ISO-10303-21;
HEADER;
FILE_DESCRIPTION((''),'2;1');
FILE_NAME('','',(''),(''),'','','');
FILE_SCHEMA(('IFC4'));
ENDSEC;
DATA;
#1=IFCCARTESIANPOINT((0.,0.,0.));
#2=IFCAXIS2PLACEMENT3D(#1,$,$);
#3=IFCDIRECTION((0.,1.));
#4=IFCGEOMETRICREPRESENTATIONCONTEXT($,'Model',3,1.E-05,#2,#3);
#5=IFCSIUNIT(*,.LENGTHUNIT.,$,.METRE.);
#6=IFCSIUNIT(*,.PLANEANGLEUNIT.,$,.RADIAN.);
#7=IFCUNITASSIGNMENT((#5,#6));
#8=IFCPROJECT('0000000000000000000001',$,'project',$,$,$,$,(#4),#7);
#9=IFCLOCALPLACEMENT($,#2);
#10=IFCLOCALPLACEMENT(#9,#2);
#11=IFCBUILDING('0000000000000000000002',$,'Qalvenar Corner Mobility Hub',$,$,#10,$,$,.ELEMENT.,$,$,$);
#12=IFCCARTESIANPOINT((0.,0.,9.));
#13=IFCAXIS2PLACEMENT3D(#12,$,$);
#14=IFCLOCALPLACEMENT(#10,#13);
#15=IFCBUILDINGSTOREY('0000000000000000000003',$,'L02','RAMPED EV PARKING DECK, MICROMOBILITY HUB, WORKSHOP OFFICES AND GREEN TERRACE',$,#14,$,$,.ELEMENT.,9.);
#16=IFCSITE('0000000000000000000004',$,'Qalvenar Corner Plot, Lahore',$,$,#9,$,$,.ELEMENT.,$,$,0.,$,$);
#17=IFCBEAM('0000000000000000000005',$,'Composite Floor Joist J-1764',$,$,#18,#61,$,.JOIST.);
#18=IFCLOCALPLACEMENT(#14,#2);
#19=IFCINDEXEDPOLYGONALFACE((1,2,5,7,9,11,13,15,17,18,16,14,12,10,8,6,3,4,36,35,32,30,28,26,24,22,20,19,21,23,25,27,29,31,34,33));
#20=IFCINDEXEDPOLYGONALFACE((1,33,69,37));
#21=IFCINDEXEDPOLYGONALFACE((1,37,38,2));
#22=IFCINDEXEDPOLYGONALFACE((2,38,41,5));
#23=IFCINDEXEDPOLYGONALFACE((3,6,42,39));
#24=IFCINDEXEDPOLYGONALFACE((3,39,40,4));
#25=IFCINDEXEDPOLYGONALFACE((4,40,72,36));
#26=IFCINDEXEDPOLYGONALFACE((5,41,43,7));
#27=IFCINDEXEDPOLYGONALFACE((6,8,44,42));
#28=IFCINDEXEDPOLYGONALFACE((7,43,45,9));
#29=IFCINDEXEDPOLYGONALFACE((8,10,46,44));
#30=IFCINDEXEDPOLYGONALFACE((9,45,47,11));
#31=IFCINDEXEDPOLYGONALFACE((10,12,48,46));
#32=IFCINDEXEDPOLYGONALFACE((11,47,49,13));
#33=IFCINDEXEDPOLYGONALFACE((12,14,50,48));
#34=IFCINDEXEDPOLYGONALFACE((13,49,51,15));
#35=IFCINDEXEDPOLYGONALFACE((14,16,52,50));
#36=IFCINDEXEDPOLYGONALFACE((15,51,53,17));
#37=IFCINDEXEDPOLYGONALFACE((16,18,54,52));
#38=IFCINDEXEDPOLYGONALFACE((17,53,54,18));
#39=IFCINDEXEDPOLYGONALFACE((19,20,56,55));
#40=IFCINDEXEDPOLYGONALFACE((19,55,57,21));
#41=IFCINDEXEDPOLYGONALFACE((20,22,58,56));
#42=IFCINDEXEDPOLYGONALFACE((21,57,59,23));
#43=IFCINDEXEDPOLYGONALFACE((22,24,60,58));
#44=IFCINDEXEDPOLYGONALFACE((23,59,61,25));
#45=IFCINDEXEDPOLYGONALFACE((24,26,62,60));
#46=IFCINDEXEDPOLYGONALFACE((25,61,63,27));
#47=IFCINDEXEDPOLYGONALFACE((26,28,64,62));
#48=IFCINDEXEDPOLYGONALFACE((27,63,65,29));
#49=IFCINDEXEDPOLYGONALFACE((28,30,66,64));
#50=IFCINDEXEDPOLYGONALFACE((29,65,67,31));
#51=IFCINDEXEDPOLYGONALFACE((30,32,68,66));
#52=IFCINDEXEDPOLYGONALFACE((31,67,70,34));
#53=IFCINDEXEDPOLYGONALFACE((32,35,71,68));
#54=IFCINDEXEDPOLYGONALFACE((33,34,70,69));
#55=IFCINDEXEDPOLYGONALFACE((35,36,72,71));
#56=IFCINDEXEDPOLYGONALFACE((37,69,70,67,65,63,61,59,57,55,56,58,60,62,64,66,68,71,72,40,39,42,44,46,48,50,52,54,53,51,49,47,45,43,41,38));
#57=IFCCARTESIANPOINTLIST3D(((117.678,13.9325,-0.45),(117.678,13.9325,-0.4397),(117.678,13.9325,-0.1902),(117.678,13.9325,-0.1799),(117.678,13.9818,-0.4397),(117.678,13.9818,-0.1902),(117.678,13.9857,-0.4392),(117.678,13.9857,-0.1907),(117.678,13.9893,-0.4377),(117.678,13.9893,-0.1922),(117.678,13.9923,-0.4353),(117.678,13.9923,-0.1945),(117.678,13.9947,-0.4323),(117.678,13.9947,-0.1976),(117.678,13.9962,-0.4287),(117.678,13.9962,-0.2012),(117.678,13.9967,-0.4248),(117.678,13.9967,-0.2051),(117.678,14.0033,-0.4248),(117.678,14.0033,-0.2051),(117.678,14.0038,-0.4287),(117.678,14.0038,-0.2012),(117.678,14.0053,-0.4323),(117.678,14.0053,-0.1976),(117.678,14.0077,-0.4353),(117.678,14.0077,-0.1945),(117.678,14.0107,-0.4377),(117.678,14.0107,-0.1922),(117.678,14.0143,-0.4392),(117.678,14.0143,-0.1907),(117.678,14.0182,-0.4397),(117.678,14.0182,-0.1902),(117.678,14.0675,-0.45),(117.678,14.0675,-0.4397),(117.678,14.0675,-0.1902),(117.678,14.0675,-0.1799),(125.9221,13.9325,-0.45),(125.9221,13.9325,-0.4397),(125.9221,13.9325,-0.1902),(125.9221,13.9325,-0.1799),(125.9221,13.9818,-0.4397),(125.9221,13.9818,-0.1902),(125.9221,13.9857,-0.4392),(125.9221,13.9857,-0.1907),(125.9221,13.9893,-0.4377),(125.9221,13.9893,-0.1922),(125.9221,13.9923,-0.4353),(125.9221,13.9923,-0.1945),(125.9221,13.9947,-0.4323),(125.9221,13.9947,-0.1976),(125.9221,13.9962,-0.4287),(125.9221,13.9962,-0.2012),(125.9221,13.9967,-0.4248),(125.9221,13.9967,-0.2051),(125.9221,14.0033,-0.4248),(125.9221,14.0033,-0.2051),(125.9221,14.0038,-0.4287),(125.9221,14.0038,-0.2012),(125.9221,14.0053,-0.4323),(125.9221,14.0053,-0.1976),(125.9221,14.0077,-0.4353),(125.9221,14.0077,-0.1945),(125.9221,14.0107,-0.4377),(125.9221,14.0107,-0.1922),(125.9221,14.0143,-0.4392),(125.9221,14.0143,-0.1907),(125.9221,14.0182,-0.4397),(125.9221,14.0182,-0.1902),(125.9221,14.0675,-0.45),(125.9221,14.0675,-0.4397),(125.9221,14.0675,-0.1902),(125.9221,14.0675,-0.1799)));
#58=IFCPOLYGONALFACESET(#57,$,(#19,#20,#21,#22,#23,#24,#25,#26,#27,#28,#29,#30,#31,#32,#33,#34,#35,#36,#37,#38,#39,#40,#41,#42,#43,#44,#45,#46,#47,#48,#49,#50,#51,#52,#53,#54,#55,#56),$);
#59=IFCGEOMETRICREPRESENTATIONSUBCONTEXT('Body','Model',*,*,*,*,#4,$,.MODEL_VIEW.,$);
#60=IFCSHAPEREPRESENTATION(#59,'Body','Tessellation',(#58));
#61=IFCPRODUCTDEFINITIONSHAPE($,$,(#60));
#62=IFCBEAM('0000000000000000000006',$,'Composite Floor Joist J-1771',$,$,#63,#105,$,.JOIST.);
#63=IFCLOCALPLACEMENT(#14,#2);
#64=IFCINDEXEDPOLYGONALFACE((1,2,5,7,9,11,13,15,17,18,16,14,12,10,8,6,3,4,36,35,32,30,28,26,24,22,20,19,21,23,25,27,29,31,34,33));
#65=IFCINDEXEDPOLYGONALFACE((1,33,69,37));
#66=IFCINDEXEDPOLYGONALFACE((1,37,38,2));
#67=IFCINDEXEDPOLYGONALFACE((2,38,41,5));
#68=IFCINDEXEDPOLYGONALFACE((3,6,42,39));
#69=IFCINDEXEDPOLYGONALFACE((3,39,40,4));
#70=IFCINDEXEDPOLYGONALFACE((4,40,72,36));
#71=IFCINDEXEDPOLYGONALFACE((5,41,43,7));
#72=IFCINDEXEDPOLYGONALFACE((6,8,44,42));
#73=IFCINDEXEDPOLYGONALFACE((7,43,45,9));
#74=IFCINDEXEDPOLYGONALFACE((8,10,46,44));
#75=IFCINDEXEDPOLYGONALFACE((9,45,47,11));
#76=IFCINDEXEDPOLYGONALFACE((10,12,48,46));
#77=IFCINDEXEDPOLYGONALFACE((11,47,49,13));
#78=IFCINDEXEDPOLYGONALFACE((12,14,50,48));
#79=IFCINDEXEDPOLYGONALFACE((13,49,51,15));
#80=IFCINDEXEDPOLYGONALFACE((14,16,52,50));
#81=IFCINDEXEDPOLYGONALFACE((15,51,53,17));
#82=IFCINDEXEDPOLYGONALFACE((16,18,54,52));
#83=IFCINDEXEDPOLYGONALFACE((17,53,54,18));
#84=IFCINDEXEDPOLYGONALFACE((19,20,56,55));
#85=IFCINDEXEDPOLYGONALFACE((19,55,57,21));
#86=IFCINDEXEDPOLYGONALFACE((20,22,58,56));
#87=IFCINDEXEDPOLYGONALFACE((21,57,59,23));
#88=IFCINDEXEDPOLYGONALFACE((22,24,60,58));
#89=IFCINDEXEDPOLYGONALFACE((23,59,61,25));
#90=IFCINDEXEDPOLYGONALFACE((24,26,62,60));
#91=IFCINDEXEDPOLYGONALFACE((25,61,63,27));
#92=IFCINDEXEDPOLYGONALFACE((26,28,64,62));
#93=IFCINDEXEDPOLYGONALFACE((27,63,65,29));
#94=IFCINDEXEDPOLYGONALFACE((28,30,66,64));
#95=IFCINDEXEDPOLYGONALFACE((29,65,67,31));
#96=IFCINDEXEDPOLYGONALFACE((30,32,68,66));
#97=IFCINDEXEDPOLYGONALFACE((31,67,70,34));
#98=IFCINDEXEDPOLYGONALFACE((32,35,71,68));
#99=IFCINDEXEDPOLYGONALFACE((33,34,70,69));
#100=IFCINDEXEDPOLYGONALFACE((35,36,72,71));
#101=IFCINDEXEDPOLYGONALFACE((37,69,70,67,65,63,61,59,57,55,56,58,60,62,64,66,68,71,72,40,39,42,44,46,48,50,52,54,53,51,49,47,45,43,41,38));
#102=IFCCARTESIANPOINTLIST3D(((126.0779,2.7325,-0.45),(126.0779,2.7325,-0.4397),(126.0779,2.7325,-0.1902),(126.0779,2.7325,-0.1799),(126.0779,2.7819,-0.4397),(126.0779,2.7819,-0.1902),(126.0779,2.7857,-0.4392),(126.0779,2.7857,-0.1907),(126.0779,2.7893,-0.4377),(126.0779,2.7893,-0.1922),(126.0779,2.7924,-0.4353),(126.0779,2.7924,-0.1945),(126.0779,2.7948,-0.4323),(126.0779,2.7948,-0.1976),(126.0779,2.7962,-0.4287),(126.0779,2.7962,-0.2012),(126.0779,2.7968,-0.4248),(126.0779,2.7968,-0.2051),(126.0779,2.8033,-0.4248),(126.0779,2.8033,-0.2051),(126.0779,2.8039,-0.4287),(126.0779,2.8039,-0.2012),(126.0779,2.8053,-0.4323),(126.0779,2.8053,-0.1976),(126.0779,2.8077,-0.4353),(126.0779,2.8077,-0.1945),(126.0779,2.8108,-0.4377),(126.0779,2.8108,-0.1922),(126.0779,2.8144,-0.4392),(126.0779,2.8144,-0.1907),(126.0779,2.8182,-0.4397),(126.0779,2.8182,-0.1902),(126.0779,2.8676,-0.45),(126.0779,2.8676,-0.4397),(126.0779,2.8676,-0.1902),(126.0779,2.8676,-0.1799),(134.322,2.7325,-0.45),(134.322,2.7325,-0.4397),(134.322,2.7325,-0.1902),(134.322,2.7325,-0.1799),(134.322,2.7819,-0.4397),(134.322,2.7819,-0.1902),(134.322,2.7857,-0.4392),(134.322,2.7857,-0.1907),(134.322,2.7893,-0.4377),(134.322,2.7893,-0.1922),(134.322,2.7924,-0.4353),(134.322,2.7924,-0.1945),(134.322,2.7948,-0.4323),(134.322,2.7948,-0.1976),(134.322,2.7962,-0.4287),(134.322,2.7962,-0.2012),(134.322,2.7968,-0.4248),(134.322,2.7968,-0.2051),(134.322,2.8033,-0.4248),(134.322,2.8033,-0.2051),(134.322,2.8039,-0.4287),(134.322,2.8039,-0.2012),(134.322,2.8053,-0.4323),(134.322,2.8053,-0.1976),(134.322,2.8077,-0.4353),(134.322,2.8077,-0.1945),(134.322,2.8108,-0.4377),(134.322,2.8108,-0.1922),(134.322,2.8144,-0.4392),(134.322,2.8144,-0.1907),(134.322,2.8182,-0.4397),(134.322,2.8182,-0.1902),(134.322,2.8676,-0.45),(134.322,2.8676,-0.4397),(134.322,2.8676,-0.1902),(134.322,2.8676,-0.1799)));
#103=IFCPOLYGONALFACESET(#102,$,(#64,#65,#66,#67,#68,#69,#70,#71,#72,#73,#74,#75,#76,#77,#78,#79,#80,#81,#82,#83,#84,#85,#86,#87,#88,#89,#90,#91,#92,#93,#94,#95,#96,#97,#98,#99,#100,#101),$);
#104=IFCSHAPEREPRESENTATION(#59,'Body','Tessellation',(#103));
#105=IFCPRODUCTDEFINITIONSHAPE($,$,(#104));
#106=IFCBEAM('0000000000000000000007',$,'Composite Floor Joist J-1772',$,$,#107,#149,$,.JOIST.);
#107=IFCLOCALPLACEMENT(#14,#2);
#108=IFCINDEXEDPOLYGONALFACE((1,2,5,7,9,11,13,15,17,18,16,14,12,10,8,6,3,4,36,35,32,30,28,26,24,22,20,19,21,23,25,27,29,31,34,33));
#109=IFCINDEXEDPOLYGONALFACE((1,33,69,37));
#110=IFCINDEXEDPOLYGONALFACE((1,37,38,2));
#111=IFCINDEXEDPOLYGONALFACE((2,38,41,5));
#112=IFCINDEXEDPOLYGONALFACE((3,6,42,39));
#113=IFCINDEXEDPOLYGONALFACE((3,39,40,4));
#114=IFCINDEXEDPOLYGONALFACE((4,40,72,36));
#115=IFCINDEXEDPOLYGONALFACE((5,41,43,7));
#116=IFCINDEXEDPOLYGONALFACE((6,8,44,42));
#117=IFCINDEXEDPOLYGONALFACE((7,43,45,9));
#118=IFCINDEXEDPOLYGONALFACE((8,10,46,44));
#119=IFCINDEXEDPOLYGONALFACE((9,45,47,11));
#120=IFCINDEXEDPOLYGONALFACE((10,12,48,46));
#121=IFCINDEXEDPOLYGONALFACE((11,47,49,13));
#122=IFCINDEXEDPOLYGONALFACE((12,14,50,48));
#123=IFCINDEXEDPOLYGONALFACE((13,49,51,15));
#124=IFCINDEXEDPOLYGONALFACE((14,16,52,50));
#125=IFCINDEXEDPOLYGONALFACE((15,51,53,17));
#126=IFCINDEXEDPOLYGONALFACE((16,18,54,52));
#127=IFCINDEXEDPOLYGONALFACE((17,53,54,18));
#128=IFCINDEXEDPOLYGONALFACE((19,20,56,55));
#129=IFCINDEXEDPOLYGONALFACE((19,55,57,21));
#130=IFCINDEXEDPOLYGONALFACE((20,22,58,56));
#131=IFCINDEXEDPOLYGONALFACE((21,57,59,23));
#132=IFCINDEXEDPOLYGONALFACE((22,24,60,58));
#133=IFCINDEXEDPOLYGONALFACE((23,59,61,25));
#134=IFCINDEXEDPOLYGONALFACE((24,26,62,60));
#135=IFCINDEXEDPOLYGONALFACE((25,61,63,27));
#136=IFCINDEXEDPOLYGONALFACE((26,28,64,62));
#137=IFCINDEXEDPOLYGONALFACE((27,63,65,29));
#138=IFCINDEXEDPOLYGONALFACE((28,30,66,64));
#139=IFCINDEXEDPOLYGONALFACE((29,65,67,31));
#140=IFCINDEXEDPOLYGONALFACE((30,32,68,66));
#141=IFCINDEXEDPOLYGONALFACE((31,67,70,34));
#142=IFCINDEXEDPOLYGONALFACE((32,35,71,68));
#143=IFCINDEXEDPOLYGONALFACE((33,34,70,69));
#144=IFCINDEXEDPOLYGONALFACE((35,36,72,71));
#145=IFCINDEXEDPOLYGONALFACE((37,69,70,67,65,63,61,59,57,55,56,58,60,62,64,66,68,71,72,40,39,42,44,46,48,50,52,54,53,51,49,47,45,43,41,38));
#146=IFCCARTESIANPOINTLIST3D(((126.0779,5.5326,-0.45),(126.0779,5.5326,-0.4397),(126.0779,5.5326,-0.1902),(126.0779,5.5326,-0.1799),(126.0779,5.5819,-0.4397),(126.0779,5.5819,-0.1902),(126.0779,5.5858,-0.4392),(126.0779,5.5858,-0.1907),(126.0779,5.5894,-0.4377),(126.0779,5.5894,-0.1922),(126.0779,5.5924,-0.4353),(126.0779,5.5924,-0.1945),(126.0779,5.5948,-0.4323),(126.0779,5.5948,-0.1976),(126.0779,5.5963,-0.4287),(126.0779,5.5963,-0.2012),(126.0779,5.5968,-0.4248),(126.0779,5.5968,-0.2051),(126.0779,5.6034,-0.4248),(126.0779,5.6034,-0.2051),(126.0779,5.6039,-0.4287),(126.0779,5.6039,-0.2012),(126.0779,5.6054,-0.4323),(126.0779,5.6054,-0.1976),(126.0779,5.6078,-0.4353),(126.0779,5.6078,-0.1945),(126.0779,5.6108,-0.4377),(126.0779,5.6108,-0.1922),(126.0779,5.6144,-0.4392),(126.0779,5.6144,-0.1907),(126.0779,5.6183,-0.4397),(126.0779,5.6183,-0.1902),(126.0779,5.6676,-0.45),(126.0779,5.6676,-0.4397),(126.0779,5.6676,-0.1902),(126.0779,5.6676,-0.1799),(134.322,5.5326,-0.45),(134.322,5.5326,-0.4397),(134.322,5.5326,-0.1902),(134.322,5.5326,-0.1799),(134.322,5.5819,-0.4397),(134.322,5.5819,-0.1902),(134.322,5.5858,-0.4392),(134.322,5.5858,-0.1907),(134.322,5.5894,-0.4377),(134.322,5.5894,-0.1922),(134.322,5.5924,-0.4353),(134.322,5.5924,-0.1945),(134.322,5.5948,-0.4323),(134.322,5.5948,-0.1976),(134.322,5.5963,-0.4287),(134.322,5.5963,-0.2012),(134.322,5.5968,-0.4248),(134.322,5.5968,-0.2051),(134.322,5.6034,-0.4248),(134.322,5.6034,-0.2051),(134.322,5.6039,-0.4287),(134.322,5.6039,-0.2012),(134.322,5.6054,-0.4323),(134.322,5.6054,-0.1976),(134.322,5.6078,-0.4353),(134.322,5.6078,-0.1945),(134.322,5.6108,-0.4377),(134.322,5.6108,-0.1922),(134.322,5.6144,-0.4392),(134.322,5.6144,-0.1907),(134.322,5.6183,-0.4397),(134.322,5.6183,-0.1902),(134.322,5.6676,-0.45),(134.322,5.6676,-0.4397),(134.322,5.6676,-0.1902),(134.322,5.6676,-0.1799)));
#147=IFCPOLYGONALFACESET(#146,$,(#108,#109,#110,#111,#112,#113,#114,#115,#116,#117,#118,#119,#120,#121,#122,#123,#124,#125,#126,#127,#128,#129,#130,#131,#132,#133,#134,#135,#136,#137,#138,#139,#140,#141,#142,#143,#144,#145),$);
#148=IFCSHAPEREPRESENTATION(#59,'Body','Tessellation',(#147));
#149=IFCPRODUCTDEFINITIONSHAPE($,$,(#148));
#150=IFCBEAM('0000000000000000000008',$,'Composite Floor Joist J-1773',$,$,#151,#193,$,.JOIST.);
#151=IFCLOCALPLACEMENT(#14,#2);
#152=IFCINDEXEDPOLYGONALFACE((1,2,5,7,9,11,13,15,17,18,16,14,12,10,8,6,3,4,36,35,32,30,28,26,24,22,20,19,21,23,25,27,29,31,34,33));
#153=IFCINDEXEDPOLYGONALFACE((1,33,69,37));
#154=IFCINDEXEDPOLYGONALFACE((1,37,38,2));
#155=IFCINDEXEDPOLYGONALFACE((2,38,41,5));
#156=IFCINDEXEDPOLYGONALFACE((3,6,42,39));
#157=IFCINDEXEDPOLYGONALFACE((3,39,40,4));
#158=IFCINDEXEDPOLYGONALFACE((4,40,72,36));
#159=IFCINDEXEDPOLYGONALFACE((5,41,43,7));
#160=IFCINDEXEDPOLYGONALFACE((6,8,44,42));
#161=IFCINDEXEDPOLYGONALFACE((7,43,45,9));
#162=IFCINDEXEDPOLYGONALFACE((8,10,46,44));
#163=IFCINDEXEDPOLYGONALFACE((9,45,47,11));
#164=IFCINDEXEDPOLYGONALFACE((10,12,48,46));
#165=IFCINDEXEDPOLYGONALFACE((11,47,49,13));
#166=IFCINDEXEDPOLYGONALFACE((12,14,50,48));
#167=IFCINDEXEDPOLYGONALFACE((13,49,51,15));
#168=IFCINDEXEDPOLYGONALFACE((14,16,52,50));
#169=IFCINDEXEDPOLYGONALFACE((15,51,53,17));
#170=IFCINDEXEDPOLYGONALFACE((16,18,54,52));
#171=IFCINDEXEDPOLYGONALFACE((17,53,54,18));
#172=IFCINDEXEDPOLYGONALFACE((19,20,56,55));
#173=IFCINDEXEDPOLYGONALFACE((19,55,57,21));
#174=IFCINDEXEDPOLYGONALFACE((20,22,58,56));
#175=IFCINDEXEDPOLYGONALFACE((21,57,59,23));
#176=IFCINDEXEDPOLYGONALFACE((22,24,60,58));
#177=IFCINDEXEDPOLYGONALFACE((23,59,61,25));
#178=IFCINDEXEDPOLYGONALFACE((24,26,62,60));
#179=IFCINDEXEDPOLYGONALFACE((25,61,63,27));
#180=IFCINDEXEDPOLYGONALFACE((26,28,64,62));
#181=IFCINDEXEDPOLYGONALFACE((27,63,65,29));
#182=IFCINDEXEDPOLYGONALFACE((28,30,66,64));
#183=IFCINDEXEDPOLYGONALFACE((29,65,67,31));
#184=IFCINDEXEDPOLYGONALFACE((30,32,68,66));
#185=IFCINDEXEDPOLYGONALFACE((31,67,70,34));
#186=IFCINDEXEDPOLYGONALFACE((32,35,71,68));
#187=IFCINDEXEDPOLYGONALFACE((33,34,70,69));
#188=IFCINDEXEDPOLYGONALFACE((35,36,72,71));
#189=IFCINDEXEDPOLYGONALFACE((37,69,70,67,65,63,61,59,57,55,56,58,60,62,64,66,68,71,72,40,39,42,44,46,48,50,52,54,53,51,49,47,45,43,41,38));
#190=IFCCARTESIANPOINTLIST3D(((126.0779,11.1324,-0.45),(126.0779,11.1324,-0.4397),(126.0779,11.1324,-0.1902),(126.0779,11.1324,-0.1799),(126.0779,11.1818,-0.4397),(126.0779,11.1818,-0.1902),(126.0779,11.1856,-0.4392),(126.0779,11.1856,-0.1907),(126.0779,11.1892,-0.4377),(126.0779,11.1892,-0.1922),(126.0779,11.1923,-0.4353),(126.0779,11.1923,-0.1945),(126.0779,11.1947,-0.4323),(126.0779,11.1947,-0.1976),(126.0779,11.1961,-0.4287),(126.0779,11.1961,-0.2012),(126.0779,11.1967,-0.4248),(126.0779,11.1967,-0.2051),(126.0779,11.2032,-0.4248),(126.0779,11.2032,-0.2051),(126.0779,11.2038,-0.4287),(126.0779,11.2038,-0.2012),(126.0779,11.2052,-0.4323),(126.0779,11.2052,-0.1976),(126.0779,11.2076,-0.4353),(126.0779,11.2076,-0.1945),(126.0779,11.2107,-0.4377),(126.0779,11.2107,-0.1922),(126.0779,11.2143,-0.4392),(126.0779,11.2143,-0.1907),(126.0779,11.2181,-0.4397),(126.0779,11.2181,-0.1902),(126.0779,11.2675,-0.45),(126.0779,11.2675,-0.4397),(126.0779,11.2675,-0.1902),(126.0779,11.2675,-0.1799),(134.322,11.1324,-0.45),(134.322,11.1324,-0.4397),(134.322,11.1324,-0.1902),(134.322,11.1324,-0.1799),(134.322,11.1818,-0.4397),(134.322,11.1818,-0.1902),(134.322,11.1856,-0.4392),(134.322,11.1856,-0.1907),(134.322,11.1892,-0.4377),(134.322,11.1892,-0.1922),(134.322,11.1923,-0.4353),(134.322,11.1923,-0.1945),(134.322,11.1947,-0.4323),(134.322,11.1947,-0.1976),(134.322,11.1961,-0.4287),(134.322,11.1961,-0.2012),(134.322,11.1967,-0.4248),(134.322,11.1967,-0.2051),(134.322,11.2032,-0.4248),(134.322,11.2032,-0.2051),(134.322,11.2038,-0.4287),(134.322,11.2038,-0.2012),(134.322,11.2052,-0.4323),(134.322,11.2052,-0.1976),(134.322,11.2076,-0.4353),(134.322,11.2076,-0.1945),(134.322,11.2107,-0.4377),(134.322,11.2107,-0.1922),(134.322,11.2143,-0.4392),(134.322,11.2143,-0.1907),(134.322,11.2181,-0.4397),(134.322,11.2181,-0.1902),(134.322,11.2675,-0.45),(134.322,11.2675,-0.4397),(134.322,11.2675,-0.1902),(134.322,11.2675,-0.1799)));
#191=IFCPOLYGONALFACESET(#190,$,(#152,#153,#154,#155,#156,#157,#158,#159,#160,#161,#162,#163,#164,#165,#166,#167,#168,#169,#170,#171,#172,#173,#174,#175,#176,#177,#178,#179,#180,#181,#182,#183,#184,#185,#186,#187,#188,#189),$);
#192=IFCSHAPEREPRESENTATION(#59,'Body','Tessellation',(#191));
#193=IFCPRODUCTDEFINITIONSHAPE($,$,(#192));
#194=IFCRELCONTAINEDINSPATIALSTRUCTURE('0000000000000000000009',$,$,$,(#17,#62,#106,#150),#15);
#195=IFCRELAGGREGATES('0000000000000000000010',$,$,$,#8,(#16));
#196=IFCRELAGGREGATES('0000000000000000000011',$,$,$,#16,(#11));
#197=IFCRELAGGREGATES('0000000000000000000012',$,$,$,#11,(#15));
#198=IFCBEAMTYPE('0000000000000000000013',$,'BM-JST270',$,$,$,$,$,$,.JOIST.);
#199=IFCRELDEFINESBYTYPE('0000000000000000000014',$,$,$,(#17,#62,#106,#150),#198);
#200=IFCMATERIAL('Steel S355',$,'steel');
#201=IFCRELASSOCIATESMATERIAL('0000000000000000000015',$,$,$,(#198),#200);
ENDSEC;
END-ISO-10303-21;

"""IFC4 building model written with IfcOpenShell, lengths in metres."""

from ifc_helpers import new_model, si_unit, direction, frame, origin, origin_2d, place, context, subcontext, project, spatial, i_section, extrude, material, material_profile, profile_set, type_object, element, save


model = new_model("IFC4")

# Units and contexts
model_context = context("Model", 3, precision=1e-05, world=origin(), true_north=direction((0.0, 1.0)))
body_context = subcontext(model_context, "Body", "Model", "MODEL_VIEW")
ifc_project = project(units=[si_unit("LENGTHUNIT", "METRE"), si_unit("PLANEANGLEUNIT", "RADIAN")], contexts=[model_context])

# Site, building, storey
site_placement = place(None, origin())
site = spatial("IfcSite", under=ifc_project, at=site_placement, Name="Qalvenar Corner Plot, Lahore", CompositionType="ELEMENT", RefElevation=0.0)
building_placement = place(site_placement, origin())
building = spatial("IfcBuilding", under=site, at=building_placement, Name="Qalvenar Corner Mobility Hub", CompositionType="ELEMENT")
storey_placement = place(building_placement, frame((0.0, 0.0, 9.0)))
storey = spatial("IfcBuildingStorey", under=building, at=storey_placement, Name="L02", Description="RAMPED EV PARKING DECK, MICROMOBILITY HUB, WORKSHOP OFFICES AND GREEN TERRACE", CompositionType="ELEMENT", Elevation=9.0)

# Shared definitions
ifc_material_1 = material(Name="Steel S355", Category="steel")

# Beams
ifc_material_profile_1 = material_profile(ifc_material_1, i_section(OverallWidth=0.135, OverallDepth=0.27, WebThickness=0.0066, FlangeThickness=0.0103, FilletRadius=0.0149, at=origin_2d()), Name="IPE270")
ifc_profile_set_1 = profile_set([ifc_material_profile_1], Name="Steel S355")
beam_type_1 = type_object("IfcBeamType", Name="BM-JST270", PredefinedType="JOIST", material=ifc_profile_set_1)
for number, where, z_axis, x_axis, name in (
    (1, (117.678, 14.0, -0.3149), (1.0, 0.0, 0.0), (0.0, 1.0, 0.0), "Composite Floor Joist J-1764"),
    (2, (126.0779, 2.8, -0.3149), (1.0, 0.0, 0.0), (0.0, 1.0, 0.0), "Composite Floor Joist J-1771"),
    (3, (126.0779, 5.6001, -0.3149), (1.0, 0.0, 0.0), (0.0, 1.0, 0.0), "Composite Floor Joist J-1772"),
    (4, (126.0779, 11.2, -0.3149), (1.0, 0.0, 0.0), (0.0, 1.0, 0.0), "Composite Floor Joist J-1773"),
):
    element("IfcBeam", number, at=place(storey_placement, frame(where, z_axis=z_axis, x_axis=x_axis)), inside=storey, type_object=beam_type_1, Name=name, PredefinedType="JOIST", context=body_context, shape_type="SweptSolid", body=[
        extrude(i_section(OverallWidth=0.135, OverallDepth=0.27, WebThickness=0.0066, FlangeThickness=0.0103, FilletRadius=0.0149, at=origin_2d()), origin(), (0.0, 0.0, 1.0), 8.2441),
    ])

save(model, "model.ifc")
